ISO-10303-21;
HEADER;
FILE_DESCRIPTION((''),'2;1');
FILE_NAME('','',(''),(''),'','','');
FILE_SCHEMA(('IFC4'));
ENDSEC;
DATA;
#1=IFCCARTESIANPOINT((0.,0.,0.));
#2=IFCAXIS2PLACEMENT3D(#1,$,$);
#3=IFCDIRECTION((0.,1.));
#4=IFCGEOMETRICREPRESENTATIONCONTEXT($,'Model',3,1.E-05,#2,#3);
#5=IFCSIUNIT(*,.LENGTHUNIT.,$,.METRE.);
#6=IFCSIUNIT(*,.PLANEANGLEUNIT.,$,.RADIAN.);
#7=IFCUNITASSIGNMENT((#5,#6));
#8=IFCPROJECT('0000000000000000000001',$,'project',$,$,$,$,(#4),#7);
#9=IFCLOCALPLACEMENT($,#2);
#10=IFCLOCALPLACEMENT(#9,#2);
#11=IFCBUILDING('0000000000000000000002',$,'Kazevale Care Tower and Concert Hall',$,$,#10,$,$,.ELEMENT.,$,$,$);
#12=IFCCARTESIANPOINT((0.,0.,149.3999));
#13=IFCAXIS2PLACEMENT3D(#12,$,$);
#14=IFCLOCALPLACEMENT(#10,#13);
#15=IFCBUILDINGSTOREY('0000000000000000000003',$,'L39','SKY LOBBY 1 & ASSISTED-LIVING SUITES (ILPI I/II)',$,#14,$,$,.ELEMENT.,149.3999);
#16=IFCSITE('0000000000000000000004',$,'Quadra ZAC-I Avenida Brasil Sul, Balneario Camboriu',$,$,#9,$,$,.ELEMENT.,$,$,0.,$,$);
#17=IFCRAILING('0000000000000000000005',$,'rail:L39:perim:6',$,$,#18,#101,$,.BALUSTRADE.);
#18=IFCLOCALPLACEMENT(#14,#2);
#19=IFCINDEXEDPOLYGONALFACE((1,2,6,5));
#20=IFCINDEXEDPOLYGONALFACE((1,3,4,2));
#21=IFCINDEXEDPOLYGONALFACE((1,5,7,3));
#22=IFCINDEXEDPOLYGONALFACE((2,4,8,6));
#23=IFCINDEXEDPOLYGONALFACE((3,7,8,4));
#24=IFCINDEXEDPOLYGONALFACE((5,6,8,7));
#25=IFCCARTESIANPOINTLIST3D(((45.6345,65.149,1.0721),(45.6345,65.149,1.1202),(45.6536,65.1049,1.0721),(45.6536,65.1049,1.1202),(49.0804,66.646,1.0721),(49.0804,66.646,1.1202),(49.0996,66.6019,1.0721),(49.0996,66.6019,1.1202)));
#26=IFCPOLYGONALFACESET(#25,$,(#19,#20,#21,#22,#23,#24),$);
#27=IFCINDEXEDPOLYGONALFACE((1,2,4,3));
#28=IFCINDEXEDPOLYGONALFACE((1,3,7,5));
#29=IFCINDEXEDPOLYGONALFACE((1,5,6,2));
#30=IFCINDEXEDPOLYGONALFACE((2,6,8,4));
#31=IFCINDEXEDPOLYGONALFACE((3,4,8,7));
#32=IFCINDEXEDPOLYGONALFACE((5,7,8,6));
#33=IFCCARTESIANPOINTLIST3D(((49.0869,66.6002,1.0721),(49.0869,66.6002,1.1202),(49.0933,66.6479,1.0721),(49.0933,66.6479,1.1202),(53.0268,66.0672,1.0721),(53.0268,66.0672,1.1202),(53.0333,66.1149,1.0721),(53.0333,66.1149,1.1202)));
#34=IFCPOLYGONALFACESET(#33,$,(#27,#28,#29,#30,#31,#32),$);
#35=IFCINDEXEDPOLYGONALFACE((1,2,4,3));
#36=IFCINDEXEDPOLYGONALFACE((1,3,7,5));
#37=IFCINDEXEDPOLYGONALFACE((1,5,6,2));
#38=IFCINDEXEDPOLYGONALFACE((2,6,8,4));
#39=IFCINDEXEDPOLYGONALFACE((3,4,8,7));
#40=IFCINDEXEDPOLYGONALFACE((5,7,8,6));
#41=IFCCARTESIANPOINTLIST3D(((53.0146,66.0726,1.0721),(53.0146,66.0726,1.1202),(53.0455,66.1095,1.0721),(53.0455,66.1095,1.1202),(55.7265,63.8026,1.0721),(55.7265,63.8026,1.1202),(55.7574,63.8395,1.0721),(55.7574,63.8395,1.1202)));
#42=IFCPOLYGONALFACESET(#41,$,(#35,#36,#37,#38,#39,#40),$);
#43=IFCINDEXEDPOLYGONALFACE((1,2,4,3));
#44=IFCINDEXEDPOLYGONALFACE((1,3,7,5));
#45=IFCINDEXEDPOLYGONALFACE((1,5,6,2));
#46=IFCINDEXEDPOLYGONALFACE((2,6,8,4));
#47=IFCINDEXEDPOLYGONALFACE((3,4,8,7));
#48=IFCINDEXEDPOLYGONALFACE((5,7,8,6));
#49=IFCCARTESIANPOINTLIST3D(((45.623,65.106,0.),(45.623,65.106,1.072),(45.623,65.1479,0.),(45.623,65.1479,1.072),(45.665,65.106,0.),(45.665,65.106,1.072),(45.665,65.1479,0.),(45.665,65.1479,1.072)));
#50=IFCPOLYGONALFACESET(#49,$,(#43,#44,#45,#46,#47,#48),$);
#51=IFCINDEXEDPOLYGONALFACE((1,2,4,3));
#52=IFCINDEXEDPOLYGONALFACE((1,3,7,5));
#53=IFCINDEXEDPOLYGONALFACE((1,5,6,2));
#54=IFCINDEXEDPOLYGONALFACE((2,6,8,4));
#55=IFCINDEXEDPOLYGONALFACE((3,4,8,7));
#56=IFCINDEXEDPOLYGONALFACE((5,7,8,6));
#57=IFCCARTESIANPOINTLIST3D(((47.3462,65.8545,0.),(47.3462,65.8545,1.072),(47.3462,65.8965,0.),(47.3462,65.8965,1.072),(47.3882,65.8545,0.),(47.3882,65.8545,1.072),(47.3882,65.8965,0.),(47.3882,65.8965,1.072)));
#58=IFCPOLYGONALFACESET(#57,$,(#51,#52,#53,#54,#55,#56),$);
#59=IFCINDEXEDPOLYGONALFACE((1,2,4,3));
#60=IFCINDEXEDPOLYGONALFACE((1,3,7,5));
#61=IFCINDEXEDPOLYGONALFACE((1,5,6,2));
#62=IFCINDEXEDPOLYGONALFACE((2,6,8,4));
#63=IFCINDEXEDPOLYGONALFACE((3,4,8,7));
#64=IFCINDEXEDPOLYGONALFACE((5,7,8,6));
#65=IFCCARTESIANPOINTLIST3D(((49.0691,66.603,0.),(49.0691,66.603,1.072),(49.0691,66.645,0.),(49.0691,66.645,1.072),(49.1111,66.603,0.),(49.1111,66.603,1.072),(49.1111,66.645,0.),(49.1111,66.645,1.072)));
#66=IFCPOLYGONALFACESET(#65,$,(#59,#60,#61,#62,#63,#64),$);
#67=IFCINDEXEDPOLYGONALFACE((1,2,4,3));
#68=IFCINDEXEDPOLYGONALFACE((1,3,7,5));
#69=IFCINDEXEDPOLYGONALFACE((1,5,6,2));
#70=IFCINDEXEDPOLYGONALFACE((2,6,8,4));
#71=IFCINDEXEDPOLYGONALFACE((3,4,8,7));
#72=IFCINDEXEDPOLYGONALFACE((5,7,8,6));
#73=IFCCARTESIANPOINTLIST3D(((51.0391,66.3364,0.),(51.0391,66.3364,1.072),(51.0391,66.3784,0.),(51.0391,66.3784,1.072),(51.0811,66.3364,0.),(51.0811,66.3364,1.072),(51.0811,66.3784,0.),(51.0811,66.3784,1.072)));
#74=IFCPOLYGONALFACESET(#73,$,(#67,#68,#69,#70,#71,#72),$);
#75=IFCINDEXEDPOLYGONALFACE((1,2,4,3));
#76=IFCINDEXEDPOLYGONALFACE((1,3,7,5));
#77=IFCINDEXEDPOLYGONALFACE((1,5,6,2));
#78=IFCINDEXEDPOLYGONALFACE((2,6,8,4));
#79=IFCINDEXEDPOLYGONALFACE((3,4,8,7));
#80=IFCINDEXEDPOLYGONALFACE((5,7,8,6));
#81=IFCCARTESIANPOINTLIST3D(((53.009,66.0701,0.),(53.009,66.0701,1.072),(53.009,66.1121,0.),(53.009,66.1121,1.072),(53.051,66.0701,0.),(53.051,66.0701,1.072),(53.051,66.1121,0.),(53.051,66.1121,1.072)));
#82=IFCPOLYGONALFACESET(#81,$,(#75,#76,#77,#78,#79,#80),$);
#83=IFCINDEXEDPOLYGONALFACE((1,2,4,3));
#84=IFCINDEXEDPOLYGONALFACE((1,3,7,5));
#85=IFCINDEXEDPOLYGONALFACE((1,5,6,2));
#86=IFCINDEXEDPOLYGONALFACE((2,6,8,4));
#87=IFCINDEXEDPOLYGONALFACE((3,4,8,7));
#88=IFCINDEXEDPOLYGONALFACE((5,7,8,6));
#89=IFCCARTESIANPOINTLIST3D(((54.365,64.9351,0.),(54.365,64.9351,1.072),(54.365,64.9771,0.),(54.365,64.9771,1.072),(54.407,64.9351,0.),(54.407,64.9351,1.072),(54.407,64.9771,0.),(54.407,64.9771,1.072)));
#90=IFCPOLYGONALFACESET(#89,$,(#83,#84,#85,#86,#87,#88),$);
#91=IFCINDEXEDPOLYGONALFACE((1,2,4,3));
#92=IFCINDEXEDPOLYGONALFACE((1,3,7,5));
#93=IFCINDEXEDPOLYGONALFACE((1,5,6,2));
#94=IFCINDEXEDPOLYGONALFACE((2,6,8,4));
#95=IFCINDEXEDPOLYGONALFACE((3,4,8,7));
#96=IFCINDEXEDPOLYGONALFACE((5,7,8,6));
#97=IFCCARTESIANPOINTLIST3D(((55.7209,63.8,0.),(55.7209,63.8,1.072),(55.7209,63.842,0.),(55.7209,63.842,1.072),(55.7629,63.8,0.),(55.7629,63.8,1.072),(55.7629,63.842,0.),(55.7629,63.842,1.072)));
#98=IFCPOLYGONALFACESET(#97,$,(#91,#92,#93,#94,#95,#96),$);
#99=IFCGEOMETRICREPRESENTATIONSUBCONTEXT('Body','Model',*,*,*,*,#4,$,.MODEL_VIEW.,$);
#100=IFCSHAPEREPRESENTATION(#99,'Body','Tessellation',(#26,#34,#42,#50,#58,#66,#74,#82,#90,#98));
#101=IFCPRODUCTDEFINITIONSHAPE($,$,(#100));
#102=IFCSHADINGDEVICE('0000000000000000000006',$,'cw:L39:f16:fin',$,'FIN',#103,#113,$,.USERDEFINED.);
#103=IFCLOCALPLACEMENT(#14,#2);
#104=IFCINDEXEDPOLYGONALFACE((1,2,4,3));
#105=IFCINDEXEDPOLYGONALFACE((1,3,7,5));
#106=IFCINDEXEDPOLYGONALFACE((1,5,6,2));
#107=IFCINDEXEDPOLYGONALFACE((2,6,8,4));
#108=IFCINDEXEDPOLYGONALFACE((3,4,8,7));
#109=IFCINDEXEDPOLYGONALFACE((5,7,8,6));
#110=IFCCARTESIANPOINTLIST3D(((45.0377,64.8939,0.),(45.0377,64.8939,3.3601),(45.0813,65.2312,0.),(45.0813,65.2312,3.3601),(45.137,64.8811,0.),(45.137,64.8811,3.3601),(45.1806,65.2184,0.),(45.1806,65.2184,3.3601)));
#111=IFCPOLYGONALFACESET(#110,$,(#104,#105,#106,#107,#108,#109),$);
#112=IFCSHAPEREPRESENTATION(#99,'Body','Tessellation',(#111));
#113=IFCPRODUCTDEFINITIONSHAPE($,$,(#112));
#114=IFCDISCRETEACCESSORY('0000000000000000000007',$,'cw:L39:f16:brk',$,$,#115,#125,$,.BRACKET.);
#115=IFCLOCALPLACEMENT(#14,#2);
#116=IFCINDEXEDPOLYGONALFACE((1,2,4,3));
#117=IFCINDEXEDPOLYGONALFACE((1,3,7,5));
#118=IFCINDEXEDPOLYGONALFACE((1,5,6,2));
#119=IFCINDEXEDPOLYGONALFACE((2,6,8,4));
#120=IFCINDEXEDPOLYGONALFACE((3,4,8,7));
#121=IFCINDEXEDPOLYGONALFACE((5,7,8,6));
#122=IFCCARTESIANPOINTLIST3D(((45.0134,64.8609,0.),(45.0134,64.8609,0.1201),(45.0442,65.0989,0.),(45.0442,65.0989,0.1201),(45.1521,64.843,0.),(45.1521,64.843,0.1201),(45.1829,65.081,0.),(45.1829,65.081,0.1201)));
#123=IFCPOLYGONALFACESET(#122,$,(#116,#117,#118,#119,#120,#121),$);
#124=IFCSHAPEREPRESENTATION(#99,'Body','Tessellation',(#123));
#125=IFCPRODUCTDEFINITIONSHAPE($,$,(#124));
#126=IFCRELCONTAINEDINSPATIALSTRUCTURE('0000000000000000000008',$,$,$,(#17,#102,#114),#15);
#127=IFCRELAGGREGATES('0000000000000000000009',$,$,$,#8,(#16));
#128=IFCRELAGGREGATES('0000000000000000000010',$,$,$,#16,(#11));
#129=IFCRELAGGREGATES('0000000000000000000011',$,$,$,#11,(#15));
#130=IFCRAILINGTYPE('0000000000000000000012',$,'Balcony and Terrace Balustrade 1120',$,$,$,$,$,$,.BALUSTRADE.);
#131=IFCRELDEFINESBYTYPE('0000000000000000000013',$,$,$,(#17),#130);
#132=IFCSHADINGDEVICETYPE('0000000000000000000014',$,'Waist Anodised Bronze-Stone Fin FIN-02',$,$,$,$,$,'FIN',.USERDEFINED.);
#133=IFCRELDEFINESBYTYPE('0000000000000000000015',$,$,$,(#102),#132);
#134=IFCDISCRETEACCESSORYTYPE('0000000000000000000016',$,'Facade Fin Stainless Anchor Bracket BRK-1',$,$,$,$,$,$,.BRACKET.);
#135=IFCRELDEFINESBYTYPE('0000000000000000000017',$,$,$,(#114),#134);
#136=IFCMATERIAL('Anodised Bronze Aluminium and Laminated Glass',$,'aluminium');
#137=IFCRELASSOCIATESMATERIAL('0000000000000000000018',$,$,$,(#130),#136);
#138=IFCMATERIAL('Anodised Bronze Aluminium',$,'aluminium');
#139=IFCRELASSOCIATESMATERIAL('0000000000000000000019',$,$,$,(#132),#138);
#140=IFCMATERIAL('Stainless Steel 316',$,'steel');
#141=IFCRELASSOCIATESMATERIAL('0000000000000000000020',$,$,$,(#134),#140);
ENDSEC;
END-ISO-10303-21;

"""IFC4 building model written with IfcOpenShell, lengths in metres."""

from ifc_helpers import new_model, si_unit, direction, frame, origin, origin_2d, place, context, subcontext, project, spatial, rectangle, extrude, material, type_object, element, save


model = new_model("IFC4")

# Units and contexts
model_context = context("Model", 3, precision=1e-05, world=origin(), true_north=direction((0.0, 1.0)))
body_context = subcontext(model_context, "Body", "Model", "MODEL_VIEW")
ifc_project = project(units=[si_unit("LENGTHUNIT", "METRE"), si_unit("PLANEANGLEUNIT", "RADIAN")], contexts=[model_context])

# Site, building, storey
site_placement = place(None, origin())
site = spatial("IfcSite", under=ifc_project, at=site_placement, Name="Quadra ZAC-I Avenida Brasil Sul, Balneario Camboriu", CompositionType="ELEMENT", RefElevation=0.0)
building_placement = place(site_placement, origin())
building = spatial("IfcBuilding", under=site, at=building_placement, Name="Kazevale Care Tower and Concert Hall", CompositionType="ELEMENT")
storey_placement = place(building_placement, frame((0.0, 0.0, 149.3999)))
storey = spatial("IfcBuildingStorey", under=building, at=storey_placement, Name="L39", Description="SKY LOBBY 1 & ASSISTED-LIVING SUITES (ILPI I/II)", CompositionType="ELEMENT", Elevation=149.3999)

# Railing
ifc_material_1 = material(Name="Anodised Bronze Aluminium and Laminated Glass", Category="aluminium")
railing_type = type_object("IfcRailingType", Name="Balcony and Terrace Balustrade 1120", PredefinedType="BALUSTRADE", material=ifc_material_1)
railing_placement = place(storey_placement, frame((45.644, 65.127, 0.0)))
element("IfcRailing", 1, at=railing_placement, inside=storey, type_object=railing_type, Name="rail:L39:perim:6", PredefinedType="BALUSTRADE", context=body_context, shape_type="SweptSolid", body=[
    extrude(rectangle(XDim=0.0481, YDim=0.0481, at=origin_2d()), frame((0.0, 0.0, 1.0962), z_axis=(0.917188, 0.398455, 0.0), x_axis=(-0.398455, 0.917188, 0.0)), (0.0, 0.0, 1.0), 3.7571),
    extrude(rectangle(XDim=0.0481, YDim=0.0481, at=origin_2d()), frame((3.446, 1.4971, 1.0962), z_axis=(0.990975, -0.13405, 0.0), x_axis=(0.13405, 0.990975, 0.0)), (0.0, 0.0, 1.0), 3.9758),
    extrude(rectangle(XDim=0.0481, YDim=0.0481, at=origin_2d()), frame((7.386, 0.9641, 1.0962), z_axis=(0.766816, -0.641867, 0.0), x_axis=(0.641867, 0.766816, 0.0)), (0.0, 0.0, 1.0), 3.5366),
    extrude(rectangle(XDim=0.042, YDim=0.042, at=origin_2d()), origin(), (0.0, 0.0, 1.0), 1.072),
    extrude(rectangle(XDim=0.042, YDim=0.042, at=origin_2d()), frame((1.7231, 0.7485, 0.0)), (0.0, 0.0, 1.0), 1.072),
    extrude(rectangle(XDim=0.042, YDim=0.042, at=origin_2d()), frame((3.446, 1.4971, 0.0)), (0.0, 0.0, 1.0), 1.072),
    extrude(rectangle(XDim=0.042, YDim=0.042, at=origin_2d()), frame((5.416, 1.2305, 0.0)), (0.0, 0.0, 1.0), 1.072),
    extrude(rectangle(XDim=0.042, YDim=0.042, at=origin_2d()), frame((7.386, 0.9641, 0.0)), (0.0, 0.0, 1.0), 1.072),
    extrude(rectangle(XDim=0.042, YDim=0.042, at=origin_2d()), frame((8.7419, -0.1709, 0.0)), (0.0, 0.0, 1.0), 1.072),
    extrude(rectangle(XDim=0.042, YDim=0.042, at=origin_2d()), frame((10.0979, -1.3059, 0.0)), (0.0, 0.0, 1.0), 1.072),
])

# Shading device
ifc_material_2 = material(Name="Anodised Bronze Aluminium", Category="aluminium")
shading_device_type = type_object("IfcShadingDeviceType", Name="Waist Anodised Bronze-Stone Fin FIN-02", ElementType="FIN", PredefinedType="USERDEFINED", material=ifc_material_2)
shading_device_placement = place(storey_placement, frame((45.1091, 65.0562, 0.0), z_axis=(0.0, 0.0, 1.0), x_axis=(0.128276, 0.991738, 0.0)))
element("IfcShadingDevice", 2, at=shading_device_placement, inside=storey, type_object=shading_device_type, Name="cw:L39:f16:fin", ObjectType="FIN", PredefinedType="USERDEFINED", context=body_context, shape_type="SweptSolid", body=[
    extrude(rectangle(XDim=0.3401, YDim=0.1001, at=origin_2d()), origin(), (0.0, 0.0, 1.0), 3.3601),
])

# Discrete accessory
ifc_material_3 = material(Name="Stainless Steel 316", Category="steel")
discrete_accessory_type = type_object("IfcDiscreteAccessoryType", Name="Facade Fin Stainless Anchor Bracket BRK-1", PredefinedType="BRACKET", material=ifc_material_3)
discrete_accessory_placement = place(storey_placement, frame((45.0981, 64.9709, 0.0), z_axis=(0.0, 0.0, 1.0), x_axis=(0.128276, 0.991738, 0.0)))
element("IfcDiscreteAccessory", 3, at=discrete_accessory_placement, inside=storey, type_object=discrete_accessory_type, Name="cw:L39:f16:brk", PredefinedType="BRACKET", context=body_context, shape_type="SweptSolid", body=[
    extrude(rectangle(XDim=0.24, YDim=0.1399, at=origin_2d()), origin(), (0.0, 0.0, 1.0), 0.1201),
])

save(model, "model.ifc")
